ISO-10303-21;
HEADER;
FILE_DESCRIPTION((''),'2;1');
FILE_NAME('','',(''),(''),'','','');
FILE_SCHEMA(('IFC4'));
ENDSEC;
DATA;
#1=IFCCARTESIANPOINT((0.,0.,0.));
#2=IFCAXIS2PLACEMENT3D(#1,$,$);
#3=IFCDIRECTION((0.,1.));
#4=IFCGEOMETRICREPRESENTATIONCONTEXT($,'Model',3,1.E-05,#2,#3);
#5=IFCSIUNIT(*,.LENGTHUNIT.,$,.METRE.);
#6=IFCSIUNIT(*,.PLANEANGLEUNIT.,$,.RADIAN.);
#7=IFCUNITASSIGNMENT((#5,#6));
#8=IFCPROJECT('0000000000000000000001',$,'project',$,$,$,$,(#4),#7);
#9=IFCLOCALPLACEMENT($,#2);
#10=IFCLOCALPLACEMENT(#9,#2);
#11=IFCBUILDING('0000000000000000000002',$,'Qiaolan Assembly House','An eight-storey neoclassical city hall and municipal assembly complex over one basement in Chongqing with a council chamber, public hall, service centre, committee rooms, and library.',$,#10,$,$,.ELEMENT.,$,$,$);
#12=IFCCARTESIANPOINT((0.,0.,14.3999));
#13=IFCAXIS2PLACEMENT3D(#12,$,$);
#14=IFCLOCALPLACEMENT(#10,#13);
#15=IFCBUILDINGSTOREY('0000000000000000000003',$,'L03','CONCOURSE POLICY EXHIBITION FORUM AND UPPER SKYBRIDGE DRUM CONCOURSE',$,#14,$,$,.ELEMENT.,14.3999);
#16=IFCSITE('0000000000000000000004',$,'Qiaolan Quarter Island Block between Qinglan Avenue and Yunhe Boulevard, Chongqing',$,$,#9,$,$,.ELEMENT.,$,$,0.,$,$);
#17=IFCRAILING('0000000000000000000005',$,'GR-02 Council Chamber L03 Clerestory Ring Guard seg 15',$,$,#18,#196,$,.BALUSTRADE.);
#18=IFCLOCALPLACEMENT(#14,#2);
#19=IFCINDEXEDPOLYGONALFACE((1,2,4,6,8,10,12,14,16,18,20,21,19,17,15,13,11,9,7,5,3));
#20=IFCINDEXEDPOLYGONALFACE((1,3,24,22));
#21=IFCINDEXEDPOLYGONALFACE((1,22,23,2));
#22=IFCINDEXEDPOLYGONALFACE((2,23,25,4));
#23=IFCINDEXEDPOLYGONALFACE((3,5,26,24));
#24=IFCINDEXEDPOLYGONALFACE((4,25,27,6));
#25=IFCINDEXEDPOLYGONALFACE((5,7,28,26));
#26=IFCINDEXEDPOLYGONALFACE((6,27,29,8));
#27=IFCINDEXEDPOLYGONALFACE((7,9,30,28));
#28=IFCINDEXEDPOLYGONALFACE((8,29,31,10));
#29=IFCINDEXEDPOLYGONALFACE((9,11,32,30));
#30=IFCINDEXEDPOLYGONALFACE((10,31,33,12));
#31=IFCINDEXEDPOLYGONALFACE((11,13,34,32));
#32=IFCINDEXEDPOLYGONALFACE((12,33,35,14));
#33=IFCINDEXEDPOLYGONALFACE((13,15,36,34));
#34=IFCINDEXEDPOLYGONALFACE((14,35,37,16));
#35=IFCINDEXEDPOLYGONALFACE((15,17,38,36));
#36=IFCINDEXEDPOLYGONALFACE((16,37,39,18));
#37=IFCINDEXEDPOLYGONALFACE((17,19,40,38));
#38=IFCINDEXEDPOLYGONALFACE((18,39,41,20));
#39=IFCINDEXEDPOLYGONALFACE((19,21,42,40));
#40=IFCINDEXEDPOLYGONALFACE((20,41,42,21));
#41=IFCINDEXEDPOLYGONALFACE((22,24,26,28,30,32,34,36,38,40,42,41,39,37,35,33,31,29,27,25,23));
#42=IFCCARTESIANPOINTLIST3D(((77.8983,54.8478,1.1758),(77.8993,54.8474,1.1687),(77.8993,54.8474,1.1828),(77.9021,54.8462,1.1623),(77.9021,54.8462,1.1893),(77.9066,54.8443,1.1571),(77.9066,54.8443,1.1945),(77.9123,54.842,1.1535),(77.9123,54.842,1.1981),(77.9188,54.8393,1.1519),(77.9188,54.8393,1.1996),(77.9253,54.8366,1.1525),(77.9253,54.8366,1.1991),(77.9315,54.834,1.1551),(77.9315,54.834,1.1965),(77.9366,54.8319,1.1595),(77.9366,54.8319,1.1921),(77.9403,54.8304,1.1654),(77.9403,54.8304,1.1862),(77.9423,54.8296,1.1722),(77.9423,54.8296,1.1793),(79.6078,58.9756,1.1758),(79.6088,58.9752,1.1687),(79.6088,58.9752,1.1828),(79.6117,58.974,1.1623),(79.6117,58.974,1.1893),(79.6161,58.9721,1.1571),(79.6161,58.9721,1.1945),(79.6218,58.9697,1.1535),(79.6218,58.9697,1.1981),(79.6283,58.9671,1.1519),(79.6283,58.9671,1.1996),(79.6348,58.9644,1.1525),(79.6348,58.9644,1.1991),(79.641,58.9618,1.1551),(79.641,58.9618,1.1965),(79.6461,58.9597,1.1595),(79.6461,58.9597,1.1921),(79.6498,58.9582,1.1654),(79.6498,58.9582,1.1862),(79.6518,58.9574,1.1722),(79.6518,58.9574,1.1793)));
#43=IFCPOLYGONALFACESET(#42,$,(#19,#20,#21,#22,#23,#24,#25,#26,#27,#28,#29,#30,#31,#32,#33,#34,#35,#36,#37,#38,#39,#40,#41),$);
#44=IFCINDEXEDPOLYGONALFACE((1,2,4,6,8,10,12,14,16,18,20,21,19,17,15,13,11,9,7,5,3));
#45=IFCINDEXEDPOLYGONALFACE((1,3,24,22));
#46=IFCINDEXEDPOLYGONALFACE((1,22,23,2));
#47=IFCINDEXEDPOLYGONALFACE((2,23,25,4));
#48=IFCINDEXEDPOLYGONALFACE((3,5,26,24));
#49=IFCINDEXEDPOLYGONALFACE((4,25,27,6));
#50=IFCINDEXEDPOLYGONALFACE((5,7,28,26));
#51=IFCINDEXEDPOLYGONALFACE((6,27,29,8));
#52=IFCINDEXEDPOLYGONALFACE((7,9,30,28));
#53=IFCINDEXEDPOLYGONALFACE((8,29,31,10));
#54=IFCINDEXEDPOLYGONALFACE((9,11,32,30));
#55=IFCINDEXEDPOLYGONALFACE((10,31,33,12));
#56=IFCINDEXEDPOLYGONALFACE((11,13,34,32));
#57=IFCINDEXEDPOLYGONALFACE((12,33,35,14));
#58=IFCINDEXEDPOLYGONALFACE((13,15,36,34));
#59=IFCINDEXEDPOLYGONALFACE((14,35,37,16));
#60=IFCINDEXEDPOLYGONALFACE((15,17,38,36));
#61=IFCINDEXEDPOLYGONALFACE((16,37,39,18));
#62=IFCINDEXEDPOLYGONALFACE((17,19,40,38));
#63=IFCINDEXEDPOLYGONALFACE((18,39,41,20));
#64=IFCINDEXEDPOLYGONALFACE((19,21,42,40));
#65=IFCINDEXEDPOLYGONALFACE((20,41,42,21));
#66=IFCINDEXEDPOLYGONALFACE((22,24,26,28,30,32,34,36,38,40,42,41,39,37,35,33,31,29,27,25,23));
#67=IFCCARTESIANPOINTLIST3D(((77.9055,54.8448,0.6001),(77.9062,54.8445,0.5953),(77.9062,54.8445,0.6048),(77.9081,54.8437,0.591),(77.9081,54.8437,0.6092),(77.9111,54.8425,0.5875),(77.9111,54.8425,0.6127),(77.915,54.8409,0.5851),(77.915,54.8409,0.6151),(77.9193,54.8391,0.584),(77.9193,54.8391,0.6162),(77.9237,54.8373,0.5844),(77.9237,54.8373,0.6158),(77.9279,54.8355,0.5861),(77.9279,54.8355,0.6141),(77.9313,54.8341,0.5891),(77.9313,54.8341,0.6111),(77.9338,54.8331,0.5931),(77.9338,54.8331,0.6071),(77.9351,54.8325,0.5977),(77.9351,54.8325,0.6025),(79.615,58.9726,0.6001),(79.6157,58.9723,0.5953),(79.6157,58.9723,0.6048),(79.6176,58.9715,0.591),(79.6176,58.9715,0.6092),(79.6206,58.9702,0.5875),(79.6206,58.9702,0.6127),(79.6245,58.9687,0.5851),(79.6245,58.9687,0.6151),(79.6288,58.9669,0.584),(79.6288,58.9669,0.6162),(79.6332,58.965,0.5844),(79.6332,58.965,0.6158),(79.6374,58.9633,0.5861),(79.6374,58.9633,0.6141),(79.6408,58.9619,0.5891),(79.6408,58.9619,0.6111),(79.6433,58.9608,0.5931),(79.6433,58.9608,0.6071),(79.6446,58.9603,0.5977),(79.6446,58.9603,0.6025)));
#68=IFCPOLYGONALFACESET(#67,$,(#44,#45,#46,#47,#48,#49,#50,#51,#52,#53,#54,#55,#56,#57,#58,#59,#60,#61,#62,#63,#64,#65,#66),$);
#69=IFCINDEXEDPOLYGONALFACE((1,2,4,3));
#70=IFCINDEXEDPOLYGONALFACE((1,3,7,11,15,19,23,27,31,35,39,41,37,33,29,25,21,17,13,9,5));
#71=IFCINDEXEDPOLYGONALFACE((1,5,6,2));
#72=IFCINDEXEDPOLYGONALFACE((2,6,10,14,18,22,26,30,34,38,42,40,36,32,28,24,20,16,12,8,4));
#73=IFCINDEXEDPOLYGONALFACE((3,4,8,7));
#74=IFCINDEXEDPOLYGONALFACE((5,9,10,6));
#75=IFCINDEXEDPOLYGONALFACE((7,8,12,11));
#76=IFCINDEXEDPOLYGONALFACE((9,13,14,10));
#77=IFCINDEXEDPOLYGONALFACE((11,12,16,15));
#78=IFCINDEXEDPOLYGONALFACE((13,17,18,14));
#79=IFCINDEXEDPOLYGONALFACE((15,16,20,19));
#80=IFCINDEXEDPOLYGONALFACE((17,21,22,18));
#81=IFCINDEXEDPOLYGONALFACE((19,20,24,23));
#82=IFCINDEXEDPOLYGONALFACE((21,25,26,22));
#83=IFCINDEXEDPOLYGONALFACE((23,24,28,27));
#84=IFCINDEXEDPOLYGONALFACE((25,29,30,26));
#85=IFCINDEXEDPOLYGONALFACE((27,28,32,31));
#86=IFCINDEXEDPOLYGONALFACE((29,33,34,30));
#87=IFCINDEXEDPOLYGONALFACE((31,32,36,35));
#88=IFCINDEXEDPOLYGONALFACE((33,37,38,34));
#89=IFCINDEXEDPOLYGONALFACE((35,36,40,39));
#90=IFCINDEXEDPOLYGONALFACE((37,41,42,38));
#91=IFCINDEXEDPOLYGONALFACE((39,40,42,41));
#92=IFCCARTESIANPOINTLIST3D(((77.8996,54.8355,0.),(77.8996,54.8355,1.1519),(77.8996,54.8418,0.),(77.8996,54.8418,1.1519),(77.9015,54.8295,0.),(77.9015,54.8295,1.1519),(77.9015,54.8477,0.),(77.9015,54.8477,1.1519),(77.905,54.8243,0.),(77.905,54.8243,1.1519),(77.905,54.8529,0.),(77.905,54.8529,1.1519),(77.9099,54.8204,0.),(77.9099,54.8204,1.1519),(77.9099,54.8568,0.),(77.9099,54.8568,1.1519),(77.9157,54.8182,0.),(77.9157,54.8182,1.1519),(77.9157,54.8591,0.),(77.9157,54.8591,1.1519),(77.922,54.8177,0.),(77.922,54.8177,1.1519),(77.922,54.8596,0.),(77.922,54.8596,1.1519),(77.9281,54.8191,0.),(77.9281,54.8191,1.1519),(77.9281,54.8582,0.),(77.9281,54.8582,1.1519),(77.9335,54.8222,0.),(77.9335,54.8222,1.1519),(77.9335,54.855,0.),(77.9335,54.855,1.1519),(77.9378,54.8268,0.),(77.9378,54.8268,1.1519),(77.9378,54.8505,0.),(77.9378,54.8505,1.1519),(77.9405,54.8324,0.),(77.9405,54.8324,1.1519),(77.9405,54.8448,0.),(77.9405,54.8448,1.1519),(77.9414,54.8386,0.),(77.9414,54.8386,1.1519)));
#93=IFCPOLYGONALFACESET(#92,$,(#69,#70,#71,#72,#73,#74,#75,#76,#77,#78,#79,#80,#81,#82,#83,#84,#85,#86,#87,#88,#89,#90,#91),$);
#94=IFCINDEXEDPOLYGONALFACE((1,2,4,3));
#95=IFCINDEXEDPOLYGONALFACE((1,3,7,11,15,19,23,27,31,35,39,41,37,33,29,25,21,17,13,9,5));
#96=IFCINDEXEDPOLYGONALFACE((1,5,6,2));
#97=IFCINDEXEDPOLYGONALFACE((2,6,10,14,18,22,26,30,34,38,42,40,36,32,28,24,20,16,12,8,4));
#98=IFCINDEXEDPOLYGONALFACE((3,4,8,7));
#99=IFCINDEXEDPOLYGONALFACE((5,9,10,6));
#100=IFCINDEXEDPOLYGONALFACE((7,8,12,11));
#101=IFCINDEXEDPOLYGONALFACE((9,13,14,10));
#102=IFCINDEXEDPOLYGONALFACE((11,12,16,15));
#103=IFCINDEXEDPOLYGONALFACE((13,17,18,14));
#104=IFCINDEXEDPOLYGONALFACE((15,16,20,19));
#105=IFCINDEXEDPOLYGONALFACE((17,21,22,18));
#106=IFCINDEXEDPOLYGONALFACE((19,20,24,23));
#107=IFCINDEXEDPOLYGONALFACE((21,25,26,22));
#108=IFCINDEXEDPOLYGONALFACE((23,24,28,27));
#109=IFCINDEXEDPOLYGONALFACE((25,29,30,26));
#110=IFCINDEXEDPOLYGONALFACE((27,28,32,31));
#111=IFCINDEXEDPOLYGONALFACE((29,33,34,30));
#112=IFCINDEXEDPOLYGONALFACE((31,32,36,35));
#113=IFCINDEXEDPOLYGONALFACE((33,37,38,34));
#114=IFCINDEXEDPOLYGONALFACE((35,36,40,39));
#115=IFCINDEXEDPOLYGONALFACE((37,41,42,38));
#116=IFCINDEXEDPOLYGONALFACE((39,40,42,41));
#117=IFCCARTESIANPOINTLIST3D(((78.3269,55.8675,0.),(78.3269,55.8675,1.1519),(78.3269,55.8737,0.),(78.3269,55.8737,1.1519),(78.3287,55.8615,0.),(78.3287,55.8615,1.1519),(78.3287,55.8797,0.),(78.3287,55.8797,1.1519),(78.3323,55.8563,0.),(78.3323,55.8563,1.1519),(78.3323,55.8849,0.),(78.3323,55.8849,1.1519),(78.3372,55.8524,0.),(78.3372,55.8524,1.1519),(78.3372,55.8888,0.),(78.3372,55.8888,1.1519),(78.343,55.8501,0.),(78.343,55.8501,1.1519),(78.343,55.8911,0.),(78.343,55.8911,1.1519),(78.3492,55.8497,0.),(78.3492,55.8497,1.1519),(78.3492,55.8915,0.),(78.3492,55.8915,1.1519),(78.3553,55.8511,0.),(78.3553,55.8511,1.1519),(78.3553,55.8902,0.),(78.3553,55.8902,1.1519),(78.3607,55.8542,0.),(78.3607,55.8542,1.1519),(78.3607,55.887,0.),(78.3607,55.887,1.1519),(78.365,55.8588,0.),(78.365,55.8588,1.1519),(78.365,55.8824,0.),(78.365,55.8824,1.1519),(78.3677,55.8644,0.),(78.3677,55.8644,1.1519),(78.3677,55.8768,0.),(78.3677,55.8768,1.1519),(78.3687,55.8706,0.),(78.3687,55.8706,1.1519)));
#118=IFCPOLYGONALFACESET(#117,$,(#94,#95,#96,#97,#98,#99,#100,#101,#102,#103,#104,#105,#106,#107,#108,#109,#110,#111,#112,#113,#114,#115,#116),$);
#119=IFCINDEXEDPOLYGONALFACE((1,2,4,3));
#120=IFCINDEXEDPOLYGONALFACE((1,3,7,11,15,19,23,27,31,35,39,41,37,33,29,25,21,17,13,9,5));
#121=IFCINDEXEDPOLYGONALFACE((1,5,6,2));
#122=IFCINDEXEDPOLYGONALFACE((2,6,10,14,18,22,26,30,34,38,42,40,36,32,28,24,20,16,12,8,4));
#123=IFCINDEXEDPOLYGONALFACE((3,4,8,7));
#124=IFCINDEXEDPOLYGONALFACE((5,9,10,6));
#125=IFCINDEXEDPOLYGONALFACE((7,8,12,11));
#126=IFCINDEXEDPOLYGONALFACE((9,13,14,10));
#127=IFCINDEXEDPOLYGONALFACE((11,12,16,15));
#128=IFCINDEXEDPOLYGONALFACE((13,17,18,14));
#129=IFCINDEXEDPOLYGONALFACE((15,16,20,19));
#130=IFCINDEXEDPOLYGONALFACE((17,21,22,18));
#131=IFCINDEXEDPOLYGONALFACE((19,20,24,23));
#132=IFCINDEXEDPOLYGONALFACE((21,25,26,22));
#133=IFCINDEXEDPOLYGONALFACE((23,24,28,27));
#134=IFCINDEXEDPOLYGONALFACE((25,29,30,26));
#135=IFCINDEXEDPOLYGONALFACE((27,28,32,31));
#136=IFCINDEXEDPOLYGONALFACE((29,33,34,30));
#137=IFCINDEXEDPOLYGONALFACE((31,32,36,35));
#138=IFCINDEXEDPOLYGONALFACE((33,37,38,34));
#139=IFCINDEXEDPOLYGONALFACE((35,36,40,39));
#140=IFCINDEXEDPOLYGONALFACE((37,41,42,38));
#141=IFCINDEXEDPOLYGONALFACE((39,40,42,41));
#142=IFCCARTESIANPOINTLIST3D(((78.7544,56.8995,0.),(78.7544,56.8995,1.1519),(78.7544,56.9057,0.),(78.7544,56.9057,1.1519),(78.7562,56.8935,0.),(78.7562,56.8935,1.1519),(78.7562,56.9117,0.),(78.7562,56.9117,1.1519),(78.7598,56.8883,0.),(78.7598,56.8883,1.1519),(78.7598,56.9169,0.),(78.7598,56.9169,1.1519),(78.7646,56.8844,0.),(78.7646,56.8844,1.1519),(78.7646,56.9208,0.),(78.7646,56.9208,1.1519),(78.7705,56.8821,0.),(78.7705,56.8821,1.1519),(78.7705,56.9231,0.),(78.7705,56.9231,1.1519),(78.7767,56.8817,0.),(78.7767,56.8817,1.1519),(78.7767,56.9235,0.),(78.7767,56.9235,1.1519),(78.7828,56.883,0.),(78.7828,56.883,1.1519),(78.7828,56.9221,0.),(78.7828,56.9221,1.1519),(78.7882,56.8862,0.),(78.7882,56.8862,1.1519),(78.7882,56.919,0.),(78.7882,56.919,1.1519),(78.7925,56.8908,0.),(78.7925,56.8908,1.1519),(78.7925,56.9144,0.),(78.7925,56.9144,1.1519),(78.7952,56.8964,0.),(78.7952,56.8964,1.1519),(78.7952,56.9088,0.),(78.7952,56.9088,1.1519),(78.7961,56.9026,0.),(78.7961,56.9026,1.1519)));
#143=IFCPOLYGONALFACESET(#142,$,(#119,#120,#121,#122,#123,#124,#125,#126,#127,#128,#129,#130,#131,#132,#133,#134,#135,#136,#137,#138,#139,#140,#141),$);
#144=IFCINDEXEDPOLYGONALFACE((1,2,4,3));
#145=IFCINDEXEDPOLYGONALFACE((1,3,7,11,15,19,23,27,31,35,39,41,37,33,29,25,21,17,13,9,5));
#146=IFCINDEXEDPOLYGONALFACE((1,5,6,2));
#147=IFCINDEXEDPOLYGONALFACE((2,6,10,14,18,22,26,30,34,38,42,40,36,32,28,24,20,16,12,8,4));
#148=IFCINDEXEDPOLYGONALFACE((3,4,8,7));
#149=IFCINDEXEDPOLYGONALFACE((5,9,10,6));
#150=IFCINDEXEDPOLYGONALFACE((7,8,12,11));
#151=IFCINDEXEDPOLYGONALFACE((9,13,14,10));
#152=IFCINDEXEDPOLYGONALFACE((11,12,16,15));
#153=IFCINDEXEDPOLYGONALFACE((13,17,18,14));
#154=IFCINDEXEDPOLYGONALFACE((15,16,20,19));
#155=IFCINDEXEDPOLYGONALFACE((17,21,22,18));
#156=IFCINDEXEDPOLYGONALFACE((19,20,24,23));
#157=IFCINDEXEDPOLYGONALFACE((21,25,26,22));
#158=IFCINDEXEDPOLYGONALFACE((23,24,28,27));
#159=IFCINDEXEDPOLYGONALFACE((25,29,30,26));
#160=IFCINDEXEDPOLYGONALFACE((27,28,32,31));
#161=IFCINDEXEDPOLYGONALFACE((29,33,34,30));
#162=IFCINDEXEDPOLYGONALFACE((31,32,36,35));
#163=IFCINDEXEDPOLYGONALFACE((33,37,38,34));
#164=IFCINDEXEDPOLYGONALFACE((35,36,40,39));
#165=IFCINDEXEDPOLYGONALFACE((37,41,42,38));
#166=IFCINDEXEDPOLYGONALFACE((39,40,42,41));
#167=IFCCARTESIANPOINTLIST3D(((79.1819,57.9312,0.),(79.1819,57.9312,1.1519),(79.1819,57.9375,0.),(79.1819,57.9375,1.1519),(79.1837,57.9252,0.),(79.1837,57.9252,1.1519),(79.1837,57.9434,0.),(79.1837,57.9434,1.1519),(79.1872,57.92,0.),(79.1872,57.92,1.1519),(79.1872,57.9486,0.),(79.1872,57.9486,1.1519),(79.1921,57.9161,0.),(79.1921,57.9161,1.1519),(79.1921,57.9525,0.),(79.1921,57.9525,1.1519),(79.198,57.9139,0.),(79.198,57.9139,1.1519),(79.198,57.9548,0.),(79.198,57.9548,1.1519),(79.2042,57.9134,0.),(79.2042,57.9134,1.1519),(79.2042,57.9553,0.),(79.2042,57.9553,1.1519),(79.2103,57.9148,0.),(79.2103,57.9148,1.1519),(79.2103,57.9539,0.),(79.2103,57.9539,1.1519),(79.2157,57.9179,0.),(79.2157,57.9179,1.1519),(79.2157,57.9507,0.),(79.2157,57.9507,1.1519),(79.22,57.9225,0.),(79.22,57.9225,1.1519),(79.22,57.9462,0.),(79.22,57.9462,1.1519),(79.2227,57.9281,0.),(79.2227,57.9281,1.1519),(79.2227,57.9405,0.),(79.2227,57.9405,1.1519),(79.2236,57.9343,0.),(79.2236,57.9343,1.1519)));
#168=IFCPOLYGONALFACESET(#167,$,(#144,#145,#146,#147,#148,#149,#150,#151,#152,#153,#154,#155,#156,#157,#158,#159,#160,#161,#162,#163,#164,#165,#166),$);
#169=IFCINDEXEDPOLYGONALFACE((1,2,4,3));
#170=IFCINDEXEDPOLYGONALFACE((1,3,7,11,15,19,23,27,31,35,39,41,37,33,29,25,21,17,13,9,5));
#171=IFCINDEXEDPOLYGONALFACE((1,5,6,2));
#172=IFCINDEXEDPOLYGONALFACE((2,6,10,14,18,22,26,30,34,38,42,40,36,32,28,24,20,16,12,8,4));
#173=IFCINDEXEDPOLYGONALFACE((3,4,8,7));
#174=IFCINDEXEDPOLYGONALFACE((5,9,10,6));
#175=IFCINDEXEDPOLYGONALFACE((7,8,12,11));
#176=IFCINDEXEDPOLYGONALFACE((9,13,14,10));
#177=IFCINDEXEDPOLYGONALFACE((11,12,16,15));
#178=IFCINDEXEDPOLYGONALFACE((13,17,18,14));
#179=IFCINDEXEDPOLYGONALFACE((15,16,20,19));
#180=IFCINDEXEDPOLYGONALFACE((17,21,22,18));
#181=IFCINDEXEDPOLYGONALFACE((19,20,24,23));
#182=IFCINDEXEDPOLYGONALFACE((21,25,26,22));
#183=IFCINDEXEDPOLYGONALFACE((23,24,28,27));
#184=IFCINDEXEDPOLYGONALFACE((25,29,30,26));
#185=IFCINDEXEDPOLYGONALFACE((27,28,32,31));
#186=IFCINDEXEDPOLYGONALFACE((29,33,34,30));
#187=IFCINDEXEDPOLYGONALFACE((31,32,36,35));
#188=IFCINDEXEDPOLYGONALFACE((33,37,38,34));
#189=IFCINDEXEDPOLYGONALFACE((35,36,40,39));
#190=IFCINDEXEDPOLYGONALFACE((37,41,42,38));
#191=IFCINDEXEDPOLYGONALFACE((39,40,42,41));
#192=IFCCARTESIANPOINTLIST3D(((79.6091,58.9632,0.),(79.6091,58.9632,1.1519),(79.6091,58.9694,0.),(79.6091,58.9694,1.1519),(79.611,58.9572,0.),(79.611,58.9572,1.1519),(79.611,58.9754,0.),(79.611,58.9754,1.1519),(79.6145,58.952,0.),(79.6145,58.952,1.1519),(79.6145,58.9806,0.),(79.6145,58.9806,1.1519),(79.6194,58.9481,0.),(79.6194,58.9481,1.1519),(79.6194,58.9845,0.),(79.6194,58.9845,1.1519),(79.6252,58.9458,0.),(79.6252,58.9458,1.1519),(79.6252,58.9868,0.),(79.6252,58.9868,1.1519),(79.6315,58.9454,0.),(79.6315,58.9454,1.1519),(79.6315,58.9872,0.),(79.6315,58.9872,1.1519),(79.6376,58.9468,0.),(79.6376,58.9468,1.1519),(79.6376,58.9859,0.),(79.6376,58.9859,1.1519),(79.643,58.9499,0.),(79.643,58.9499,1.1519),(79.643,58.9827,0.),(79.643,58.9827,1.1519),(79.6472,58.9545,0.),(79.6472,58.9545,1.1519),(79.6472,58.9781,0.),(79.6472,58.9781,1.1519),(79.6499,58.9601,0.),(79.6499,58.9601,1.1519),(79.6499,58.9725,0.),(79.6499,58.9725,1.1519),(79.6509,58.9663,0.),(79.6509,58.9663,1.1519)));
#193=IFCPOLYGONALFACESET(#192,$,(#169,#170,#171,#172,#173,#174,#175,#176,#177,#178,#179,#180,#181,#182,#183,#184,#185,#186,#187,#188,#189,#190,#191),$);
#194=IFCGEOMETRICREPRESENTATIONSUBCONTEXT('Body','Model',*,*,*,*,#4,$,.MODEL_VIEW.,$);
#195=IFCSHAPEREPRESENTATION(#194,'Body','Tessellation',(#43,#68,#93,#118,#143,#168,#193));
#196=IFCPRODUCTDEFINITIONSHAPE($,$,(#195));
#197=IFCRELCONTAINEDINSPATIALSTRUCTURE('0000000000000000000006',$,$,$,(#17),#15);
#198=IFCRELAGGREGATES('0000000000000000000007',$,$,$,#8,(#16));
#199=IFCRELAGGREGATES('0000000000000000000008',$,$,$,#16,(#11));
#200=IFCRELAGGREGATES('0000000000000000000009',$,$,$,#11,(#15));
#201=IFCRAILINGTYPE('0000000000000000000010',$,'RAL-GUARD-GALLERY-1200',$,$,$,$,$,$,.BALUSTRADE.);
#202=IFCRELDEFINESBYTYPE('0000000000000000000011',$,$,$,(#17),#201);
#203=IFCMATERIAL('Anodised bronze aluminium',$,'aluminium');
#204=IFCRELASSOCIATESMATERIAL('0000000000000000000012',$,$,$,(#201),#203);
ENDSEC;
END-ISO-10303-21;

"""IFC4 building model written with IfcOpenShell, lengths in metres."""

from ifc_helpers import new_model, si_unit, direction, frame, origin, origin_2d, place, context, subcontext, project, spatial, circle, extrude, material, type_object, element, save


model = new_model("IFC4")

# Units and contexts
model_context = context("Model", 3, precision=1e-05, world=origin(), true_north=direction((0.0, 1.0)))
body_context = subcontext(model_context, "Body", "Model", "MODEL_VIEW")
ifc_project = project(units=[si_unit("LENGTHUNIT", "METRE"), si_unit("PLANEANGLEUNIT", "RADIAN")], contexts=[model_context])

# Site, building, storey
site_placement = place(None, origin())
site = spatial("IfcSite", under=ifc_project, at=site_placement, Name="Qiaolan Quarter Island Block between Qinglan Avenue and Yunhe Boulevard, Chongqing", CompositionType="ELEMENT", RefElevation=0.0)
building_placement = place(site_placement, origin())
building = spatial("IfcBuilding", under=site, at=building_placement, Name="Qiaolan Assembly House", Description="An eight-storey neoclassical city hall and municipal assembly complex over one basement in Chongqing with a council chamber, public hall, service centre, committee rooms, and library.", CompositionType="ELEMENT")
storey_placement = place(building_placement, frame((0.0, 0.0, 14.3999)))
storey = spatial("IfcBuildingStorey", under=building, at=storey_placement, Name="L03", Description="CONCOURSE POLICY EXHIBITION FORUM AND UPPER SKYBRIDGE DRUM CONCOURSE", CompositionType="ELEMENT", Elevation=14.3999)

# Shared definitions
ifc_material_1 = material(Name="Anodised bronze aluminium", Category="aluminium")

# Railing
railing_type = type_object("IfcRailingType", Name="RAL-GUARD-GALLERY-1200", PredefinedType="BALUSTRADE", material=ifc_material_1)
railing_1_placement = place(storey_placement, frame((77.9204, 54.8386, 0.0)))
element("IfcRailing", 1, at=railing_1_placement, inside=storey, type_object=railing_type, Name="GR-02 Council Chamber L03 Clerestory Ring Guard seg 15", PredefinedType="BALUSTRADE", context=body_context, shape_type="SweptSolid", body=[
    extrude(circle(Radius=0.0239, at=origin_2d()), frame((0.0, 0.0, 1.1758), z_axis=(0.382632, 0.923901, 0.0), x_axis=(-0.923901, 0.382632, 0.0)), (0.0, 0.0, 1.0), 4.4678),
    extrude(circle(Radius=0.0161, at=origin_2d()), frame((0.0, 0.0, 0.6001), z_axis=(0.382632, 0.923901, 0.0), x_axis=(-0.923901, 0.382632, 0.0)), (0.0, 0.0, 1.0), 4.4678),
    extrude(circle(Radius=0.021, at=origin_2d()), origin(), (0.0, 0.0, 1.0), 1.1519),
    extrude(circle(Radius=0.021, at=origin_2d()), frame((0.4272, 1.032, 0.0)), (0.0, 0.0, 1.0), 1.1519),
    extrude(circle(Radius=0.021, at=origin_2d()), frame((0.8547, 2.064, 0.0)), (0.0, 0.0, 1.0), 1.1519),
    extrude(circle(Radius=0.021, at=origin_2d()), frame((1.2822, 3.0957, 0.0)), (0.0, 0.0, 1.0), 1.1519),
    extrude(circle(Radius=0.021, at=origin_2d()), frame((1.7095, 4.1277, 0.0)), (0.0, 0.0, 1.0), 1.1519),
])

save(model, "model.ifc")
